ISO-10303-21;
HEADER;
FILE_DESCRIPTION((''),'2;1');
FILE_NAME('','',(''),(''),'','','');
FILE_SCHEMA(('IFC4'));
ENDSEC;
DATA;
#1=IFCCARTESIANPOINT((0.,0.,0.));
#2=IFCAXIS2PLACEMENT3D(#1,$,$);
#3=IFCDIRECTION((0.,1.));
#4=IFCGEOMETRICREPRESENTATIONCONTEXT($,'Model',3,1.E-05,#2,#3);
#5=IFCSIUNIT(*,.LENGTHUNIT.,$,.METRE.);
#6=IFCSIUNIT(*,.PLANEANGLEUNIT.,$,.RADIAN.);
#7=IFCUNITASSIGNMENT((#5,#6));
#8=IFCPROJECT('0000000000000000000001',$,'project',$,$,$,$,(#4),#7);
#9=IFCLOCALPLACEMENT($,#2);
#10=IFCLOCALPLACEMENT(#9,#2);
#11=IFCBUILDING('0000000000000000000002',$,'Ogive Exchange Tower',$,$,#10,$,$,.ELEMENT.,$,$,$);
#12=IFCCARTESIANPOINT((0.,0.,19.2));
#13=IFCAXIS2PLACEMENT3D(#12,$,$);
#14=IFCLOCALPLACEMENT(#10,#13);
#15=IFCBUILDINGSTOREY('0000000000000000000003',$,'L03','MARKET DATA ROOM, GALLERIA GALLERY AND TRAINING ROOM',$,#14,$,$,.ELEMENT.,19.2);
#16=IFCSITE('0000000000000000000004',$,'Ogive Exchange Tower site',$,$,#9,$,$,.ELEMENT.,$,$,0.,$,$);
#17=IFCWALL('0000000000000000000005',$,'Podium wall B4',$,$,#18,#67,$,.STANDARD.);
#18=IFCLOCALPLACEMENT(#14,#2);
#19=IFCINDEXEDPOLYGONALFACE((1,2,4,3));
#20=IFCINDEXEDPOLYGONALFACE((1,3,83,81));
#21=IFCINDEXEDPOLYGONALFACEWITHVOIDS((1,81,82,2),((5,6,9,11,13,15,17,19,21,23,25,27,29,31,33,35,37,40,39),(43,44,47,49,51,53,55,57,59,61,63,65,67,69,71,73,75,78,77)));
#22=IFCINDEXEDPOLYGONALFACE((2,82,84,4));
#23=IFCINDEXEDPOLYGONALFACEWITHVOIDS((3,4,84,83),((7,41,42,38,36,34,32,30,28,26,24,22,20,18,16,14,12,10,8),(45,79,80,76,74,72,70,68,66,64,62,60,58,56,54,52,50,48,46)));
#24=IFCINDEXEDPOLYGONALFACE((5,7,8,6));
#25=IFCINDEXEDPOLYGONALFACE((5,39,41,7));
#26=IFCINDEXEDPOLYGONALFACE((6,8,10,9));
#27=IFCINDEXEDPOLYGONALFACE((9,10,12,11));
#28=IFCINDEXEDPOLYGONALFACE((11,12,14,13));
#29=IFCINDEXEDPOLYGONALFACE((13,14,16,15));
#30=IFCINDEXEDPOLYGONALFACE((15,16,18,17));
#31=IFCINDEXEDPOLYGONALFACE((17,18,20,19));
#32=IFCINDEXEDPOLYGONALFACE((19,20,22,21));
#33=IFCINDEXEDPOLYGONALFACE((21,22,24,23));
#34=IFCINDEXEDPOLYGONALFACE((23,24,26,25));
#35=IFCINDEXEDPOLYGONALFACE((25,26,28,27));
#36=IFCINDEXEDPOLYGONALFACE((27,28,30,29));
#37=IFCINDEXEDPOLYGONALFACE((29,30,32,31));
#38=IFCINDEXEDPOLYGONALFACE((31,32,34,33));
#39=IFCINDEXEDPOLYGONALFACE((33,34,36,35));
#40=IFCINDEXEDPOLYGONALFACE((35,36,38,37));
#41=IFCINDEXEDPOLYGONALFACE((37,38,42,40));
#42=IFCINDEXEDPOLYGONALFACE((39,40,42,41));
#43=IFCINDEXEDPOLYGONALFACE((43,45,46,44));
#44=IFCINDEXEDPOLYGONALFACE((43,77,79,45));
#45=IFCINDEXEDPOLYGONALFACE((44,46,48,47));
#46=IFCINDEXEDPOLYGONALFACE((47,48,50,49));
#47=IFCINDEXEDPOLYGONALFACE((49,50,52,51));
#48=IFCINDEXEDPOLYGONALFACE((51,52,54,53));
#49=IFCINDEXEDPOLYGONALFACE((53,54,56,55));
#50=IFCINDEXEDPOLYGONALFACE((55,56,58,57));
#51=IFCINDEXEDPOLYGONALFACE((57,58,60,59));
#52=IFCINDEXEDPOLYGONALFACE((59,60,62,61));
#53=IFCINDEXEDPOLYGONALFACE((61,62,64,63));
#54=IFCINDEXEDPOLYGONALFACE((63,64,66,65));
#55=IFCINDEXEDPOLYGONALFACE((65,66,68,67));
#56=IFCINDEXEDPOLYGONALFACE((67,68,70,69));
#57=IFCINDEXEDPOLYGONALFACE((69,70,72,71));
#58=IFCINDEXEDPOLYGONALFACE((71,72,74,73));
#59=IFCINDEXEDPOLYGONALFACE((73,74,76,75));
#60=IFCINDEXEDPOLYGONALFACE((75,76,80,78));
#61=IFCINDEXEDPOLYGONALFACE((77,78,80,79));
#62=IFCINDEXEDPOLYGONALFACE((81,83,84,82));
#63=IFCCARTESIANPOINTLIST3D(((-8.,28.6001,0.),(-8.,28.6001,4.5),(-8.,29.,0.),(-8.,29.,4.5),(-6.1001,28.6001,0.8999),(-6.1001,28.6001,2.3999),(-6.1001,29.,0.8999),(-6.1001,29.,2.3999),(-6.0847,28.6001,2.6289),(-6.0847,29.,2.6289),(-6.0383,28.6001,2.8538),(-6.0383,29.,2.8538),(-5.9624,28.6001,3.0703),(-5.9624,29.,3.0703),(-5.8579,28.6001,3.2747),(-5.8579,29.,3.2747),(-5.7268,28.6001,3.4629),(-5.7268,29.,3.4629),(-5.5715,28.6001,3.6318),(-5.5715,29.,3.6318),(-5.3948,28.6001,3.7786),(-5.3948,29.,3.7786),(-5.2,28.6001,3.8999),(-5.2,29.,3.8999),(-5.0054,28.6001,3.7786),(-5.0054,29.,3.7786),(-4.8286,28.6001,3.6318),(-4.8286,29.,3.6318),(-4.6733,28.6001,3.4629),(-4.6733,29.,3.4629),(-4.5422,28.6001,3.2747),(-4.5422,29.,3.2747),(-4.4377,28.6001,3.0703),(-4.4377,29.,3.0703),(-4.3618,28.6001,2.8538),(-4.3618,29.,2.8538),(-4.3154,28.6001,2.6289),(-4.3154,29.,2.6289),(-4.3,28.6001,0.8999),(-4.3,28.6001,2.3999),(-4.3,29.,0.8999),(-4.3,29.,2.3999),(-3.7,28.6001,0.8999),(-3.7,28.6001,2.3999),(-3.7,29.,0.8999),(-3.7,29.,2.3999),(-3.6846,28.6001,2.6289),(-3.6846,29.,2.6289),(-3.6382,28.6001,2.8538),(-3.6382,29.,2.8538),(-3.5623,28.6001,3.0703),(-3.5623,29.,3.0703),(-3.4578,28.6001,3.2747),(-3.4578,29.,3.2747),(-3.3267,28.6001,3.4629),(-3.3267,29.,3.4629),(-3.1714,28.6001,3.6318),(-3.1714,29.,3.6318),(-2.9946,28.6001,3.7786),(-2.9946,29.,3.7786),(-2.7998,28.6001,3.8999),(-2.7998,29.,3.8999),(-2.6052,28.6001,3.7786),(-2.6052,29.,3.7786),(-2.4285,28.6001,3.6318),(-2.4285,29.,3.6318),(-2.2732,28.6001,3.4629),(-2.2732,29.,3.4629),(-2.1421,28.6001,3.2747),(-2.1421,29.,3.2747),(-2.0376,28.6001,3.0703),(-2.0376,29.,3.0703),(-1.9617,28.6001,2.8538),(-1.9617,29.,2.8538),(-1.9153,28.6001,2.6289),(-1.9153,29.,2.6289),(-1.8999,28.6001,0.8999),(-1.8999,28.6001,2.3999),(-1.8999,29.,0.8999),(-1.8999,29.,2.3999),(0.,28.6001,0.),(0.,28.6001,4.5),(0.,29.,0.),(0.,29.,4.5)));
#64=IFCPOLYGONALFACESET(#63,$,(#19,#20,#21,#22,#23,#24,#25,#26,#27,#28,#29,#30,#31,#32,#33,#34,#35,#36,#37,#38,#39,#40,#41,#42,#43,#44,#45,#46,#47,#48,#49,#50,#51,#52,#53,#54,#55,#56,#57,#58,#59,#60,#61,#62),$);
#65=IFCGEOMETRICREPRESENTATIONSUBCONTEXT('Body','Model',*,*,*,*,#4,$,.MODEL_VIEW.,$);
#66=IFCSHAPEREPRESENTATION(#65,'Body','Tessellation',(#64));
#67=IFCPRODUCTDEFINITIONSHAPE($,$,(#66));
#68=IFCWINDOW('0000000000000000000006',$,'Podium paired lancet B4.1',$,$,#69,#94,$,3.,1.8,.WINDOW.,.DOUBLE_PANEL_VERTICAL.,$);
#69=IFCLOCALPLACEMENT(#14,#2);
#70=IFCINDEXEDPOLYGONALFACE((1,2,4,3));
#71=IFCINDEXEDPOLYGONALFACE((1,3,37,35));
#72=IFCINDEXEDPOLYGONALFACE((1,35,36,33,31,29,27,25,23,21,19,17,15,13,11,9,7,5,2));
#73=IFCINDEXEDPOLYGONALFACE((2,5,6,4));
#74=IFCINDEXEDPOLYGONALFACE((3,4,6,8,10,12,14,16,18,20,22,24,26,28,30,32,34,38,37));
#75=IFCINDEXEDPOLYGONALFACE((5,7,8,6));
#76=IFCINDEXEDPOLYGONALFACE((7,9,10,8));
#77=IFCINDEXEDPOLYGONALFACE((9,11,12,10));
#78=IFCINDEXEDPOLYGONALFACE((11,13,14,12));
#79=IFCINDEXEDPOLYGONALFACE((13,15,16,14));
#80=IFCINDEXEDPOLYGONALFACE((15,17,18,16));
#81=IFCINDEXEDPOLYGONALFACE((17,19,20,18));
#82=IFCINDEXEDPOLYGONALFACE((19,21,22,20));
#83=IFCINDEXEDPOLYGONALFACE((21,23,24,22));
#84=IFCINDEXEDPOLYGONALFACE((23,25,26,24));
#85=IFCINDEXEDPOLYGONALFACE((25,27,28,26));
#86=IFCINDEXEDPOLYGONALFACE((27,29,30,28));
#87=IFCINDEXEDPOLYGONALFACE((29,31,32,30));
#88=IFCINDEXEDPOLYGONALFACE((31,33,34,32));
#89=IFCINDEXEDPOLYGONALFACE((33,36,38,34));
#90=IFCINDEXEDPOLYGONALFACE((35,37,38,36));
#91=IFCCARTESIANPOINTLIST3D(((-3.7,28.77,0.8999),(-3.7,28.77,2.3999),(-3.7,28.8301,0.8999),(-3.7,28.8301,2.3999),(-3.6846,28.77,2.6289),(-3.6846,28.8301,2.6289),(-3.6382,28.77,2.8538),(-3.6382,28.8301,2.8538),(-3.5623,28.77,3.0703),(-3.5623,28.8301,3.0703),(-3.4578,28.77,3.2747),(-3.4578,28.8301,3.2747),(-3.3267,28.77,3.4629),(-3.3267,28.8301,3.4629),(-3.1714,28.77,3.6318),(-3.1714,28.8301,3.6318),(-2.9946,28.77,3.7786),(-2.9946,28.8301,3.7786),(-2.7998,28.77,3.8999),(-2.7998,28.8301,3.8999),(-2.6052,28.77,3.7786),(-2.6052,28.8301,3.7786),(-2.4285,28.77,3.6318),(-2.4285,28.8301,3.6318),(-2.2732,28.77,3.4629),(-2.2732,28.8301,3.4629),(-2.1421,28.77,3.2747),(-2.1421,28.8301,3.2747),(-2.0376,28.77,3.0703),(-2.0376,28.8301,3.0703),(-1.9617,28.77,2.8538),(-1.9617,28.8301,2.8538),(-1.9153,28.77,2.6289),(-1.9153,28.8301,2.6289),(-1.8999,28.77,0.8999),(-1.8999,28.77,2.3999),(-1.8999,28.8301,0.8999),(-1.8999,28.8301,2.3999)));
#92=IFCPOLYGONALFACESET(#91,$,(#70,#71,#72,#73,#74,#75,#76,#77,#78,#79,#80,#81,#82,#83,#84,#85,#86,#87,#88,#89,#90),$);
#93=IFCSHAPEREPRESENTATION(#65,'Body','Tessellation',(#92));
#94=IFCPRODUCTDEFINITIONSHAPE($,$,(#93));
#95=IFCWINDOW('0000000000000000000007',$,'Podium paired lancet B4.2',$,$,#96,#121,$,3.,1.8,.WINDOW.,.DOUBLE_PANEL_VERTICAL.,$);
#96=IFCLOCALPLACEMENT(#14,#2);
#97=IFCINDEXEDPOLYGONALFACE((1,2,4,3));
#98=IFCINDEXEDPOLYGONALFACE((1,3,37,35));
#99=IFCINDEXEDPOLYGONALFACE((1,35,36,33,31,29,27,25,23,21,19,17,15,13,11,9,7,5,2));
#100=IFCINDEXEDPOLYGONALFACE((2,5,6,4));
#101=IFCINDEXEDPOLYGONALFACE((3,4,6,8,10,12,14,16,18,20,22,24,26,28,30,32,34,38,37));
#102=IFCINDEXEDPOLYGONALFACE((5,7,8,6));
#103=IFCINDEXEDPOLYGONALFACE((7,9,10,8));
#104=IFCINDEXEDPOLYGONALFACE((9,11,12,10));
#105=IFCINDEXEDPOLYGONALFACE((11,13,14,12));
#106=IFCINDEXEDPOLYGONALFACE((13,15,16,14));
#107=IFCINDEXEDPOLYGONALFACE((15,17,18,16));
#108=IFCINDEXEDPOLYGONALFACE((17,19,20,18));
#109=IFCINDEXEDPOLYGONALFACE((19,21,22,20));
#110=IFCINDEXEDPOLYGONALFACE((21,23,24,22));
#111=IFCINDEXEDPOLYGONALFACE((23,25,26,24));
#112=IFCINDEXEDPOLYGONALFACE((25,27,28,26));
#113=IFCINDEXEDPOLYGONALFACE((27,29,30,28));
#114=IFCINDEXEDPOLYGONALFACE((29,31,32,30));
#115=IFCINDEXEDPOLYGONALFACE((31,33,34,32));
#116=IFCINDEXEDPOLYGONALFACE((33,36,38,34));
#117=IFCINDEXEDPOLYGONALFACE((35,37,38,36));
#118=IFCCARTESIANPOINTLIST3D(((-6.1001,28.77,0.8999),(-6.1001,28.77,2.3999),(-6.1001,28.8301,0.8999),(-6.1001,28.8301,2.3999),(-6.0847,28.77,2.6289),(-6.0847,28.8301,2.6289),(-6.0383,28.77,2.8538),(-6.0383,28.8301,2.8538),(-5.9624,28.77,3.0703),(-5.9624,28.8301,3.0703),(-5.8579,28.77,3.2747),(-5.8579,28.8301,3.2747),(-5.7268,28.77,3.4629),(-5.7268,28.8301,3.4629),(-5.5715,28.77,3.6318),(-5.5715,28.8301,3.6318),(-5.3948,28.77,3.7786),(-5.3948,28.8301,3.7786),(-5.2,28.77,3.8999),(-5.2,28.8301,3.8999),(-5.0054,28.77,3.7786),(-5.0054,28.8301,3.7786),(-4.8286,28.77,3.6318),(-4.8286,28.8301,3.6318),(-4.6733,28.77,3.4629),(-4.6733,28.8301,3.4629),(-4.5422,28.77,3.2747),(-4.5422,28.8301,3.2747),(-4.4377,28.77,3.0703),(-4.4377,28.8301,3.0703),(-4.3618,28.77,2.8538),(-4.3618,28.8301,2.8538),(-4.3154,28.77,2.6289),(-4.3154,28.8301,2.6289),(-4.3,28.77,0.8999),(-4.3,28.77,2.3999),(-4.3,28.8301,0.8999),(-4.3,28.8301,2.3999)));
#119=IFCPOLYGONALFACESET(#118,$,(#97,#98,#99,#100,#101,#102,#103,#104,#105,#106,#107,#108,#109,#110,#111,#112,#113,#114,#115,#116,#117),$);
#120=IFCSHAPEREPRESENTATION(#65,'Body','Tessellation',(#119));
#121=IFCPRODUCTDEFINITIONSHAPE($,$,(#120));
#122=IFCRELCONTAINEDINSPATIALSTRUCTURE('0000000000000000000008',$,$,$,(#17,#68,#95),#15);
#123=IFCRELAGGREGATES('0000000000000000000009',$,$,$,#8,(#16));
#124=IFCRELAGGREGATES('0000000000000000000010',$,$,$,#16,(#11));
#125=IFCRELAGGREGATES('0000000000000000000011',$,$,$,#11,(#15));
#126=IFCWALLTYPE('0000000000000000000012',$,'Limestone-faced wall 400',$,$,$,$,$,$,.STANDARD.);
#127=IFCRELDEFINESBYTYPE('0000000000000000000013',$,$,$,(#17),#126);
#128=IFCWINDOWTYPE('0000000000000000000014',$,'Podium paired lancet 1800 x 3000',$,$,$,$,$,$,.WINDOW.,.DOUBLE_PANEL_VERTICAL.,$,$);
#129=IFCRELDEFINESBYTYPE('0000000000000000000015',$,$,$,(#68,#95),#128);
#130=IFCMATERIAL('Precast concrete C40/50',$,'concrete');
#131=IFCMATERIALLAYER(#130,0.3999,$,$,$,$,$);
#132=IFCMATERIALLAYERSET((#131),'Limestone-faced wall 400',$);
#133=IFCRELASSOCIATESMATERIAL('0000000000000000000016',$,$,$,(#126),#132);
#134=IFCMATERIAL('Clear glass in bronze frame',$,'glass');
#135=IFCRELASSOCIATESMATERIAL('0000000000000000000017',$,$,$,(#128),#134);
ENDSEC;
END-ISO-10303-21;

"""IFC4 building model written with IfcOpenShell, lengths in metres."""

from ifc_helpers import new_model, si_unit, direction, frame, frame_2d, origin, place, context, subcontext, project, spatial, polyline, rectangle, outline, extrude, material, layer, layer_set, type_object, element, fill, save


model = new_model("IFC4")

# Units and contexts
model_context = context("Model", 3, precision=1e-05, world=origin(), true_north=direction((0.0, 1.0)))
body_context = subcontext(model_context, "Body", "Model", "MODEL_VIEW")
ifc_project = project(units=[si_unit("LENGTHUNIT", "METRE"), si_unit("PLANEANGLEUNIT", "RADIAN")], contexts=[model_context])

# Site, building, storey
site_placement = place(None, origin())
site = spatial("IfcSite", under=ifc_project, at=site_placement, Name="Ogive Exchange Tower site", CompositionType="ELEMENT", RefElevation=0.0)
building_placement = place(site_placement, origin())
building = spatial("IfcBuilding", under=site, at=building_placement, Name="Ogive Exchange Tower", CompositionType="ELEMENT")
storey_placement = place(building_placement, frame((0.0, 0.0, 19.2)))
storey = spatial("IfcBuildingStorey", under=building, at=storey_placement, Name="L03", Description="MARKET DATA ROOM, GALLERIA GALLERY AND TRAINING ROOM", CompositionType="ELEMENT", Elevation=19.2)

# Wall, openings, windows
ifc_material_1 = material(Name="Precast concrete C40/50", Category="concrete")
ifc_layer_1 = layer(ifc_material_1, 0.3999)
ifc_layer_set_1 = layer_set([ifc_layer_1], Name="Limestone-faced wall 400")
wall_type_1 = type_object("IfcWallType", Name="Limestone-faced wall 400", PredefinedType="STANDARD", material=ifc_layer_set_1)
wall_1_placement = place(storey_placement, frame((0.0, 28.8, 0.0), z_axis=(0.0, 0.0, 1.0), x_axis=(-1.0, 0.0, 0.0)))
wall_1 = element("IfcWall", 1, at=wall_1_placement, inside=storey, type_object=wall_type_1, Name="Podium wall B4", PredefinedType="STANDARD", context=body_context, shape_type="SweptSolid", body=[
    extrude(rectangle(XDim=8.0, YDim=0.3999, at=frame_2d((4.0, 0.0))), origin(), (0.0, 0.0, 1.0), 4.5),
])
opening_1_placement = place(wall_1_placement, frame((1.8999, 0.0, 0.8999)))
opening_1 = element("IfcOpeningElement", 2, at=opening_1_placement, cuts=wall_1, PredefinedType="OPENING", context=body_context, shape_type="SweptSolid", body=[
    extrude(outline(polyline([(0.0, 0.0), (1.8, 0.0), (1.8, 1.5), (1.7847, 1.729), (1.7383, 1.9539), (1.6624, 2.1704), (1.5579, 2.3748), (1.4268, 2.563), (1.2715, 2.7319), (1.0947, 2.8787), (0.8999, 3.0), (0.7053, 2.8787), (0.5286, 2.7319), (0.3733, 2.563), (0.2422, 2.3748), (0.1377, 2.1704), (0.0618, 1.9539), (0.0154, 1.729), (0.0, 1.5), (0.0, 0.0)])), frame((0.0, 0.21, 0.0), z_axis=(0.0, -1.0, 0.0), x_axis=(1.0, 0.0, 0.0)), (0.0, 0.0, 1.0), 0.4199),
])
opening_2_placement = place(wall_1_placement, frame((4.3, 0.0, 0.8999)))
opening_2 = element("IfcOpeningElement", 3, at=opening_2_placement, cuts=wall_1, PredefinedType="OPENING", context=body_context, shape_type="SweptSolid", body=[
    extrude(outline(polyline([(0.0, 0.0), (1.8, 0.0), (1.8, 1.5), (1.7847, 1.729), (1.7383, 1.9539), (1.6624, 2.1704), (1.5579, 2.3748), (1.4268, 2.563), (1.2715, 2.7319), (1.0947, 2.8787), (0.8999, 3.0), (0.7053, 2.8787), (0.5286, 2.7319), (0.3733, 2.563), (0.2422, 2.3748), (0.1377, 2.1704), (0.0618, 1.9539), (0.0154, 1.729), (0.0, 1.5), (0.0, 0.0)])), frame((0.0, 0.21, 0.0), z_axis=(0.0, -1.0, 0.0), x_axis=(1.0, 0.0, 0.0)), (0.0, 0.0, 1.0), 0.4199),
])
ifc_material_2 = material(Name="Clear glass in bronze frame", Category="glass")
window_type = type_object("IfcWindowType", Name="Podium paired lancet 1800 x 3000", PartitioningType="DOUBLE_PANEL_VERTICAL", PredefinedType="WINDOW", material=ifc_material_2)
window_1_placement = place(opening_1_placement, origin())
window_1 = element("IfcWindow", 4, at=window_1_placement, inside=storey, type_object=window_type, Name="Podium paired lancet B4.1", OverallHeight=3.0, OverallWidth=1.8, PartitioningType="DOUBLE_PANEL_VERTICAL", PredefinedType="WINDOW", context=body_context, shape_type="SweptSolid", body=[
    extrude(outline(polyline([(0.0, 0.0), (1.8, 0.0), (1.8, 1.5), (1.7847, 1.729), (1.7383, 1.9539), (1.6624, 2.1704), (1.5579, 2.3748), (1.4268, 2.563), (1.2715, 2.7319), (1.0947, 2.8787), (0.8999, 3.0), (0.7053, 2.8787), (0.5286, 2.7319), (0.3733, 2.563), (0.2422, 2.3748), (0.1377, 2.1704), (0.0618, 1.9539), (0.0154, 1.729), (0.0, 1.5), (0.0, 0.0)])), frame((0.0, 0.03, 0.0), z_axis=(0.0, -1.0, 0.0), x_axis=(1.0, 0.0, 0.0)), (0.0, 0.0, 1.0), 0.0601),
])
fill(opening_1, window_1)
window_2_placement = place(opening_2_placement, origin())
window_2 = element("IfcWindow", 5, at=window_2_placement, inside=storey, type_object=window_type, Name="Podium paired lancet B4.2", OverallHeight=3.0, OverallWidth=1.8, PartitioningType="DOUBLE_PANEL_VERTICAL", PredefinedType="WINDOW", context=body_context, shape_type="SweptSolid", body=[
    extrude(outline(polyline([(0.0, 0.0), (1.8, 0.0), (1.8, 1.5), (1.7847, 1.729), (1.7383, 1.9539), (1.6624, 2.1704), (1.5579, 2.3748), (1.4268, 2.563), (1.2715, 2.7319), (1.0947, 2.8787), (0.8999, 3.0), (0.7053, 2.8787), (0.5286, 2.7319), (0.3733, 2.563), (0.2422, 2.3748), (0.1377, 2.1704), (0.0618, 1.9539), (0.0154, 1.729), (0.0, 1.5), (0.0, 0.0)])), frame((0.0, 0.03, 0.0), z_axis=(0.0, -1.0, 0.0), x_axis=(1.0, 0.0, 0.0)), (0.0, 0.0, 1.0), 0.0601),
])
fill(opening_2, window_2)

save(model, "model.ifc")
